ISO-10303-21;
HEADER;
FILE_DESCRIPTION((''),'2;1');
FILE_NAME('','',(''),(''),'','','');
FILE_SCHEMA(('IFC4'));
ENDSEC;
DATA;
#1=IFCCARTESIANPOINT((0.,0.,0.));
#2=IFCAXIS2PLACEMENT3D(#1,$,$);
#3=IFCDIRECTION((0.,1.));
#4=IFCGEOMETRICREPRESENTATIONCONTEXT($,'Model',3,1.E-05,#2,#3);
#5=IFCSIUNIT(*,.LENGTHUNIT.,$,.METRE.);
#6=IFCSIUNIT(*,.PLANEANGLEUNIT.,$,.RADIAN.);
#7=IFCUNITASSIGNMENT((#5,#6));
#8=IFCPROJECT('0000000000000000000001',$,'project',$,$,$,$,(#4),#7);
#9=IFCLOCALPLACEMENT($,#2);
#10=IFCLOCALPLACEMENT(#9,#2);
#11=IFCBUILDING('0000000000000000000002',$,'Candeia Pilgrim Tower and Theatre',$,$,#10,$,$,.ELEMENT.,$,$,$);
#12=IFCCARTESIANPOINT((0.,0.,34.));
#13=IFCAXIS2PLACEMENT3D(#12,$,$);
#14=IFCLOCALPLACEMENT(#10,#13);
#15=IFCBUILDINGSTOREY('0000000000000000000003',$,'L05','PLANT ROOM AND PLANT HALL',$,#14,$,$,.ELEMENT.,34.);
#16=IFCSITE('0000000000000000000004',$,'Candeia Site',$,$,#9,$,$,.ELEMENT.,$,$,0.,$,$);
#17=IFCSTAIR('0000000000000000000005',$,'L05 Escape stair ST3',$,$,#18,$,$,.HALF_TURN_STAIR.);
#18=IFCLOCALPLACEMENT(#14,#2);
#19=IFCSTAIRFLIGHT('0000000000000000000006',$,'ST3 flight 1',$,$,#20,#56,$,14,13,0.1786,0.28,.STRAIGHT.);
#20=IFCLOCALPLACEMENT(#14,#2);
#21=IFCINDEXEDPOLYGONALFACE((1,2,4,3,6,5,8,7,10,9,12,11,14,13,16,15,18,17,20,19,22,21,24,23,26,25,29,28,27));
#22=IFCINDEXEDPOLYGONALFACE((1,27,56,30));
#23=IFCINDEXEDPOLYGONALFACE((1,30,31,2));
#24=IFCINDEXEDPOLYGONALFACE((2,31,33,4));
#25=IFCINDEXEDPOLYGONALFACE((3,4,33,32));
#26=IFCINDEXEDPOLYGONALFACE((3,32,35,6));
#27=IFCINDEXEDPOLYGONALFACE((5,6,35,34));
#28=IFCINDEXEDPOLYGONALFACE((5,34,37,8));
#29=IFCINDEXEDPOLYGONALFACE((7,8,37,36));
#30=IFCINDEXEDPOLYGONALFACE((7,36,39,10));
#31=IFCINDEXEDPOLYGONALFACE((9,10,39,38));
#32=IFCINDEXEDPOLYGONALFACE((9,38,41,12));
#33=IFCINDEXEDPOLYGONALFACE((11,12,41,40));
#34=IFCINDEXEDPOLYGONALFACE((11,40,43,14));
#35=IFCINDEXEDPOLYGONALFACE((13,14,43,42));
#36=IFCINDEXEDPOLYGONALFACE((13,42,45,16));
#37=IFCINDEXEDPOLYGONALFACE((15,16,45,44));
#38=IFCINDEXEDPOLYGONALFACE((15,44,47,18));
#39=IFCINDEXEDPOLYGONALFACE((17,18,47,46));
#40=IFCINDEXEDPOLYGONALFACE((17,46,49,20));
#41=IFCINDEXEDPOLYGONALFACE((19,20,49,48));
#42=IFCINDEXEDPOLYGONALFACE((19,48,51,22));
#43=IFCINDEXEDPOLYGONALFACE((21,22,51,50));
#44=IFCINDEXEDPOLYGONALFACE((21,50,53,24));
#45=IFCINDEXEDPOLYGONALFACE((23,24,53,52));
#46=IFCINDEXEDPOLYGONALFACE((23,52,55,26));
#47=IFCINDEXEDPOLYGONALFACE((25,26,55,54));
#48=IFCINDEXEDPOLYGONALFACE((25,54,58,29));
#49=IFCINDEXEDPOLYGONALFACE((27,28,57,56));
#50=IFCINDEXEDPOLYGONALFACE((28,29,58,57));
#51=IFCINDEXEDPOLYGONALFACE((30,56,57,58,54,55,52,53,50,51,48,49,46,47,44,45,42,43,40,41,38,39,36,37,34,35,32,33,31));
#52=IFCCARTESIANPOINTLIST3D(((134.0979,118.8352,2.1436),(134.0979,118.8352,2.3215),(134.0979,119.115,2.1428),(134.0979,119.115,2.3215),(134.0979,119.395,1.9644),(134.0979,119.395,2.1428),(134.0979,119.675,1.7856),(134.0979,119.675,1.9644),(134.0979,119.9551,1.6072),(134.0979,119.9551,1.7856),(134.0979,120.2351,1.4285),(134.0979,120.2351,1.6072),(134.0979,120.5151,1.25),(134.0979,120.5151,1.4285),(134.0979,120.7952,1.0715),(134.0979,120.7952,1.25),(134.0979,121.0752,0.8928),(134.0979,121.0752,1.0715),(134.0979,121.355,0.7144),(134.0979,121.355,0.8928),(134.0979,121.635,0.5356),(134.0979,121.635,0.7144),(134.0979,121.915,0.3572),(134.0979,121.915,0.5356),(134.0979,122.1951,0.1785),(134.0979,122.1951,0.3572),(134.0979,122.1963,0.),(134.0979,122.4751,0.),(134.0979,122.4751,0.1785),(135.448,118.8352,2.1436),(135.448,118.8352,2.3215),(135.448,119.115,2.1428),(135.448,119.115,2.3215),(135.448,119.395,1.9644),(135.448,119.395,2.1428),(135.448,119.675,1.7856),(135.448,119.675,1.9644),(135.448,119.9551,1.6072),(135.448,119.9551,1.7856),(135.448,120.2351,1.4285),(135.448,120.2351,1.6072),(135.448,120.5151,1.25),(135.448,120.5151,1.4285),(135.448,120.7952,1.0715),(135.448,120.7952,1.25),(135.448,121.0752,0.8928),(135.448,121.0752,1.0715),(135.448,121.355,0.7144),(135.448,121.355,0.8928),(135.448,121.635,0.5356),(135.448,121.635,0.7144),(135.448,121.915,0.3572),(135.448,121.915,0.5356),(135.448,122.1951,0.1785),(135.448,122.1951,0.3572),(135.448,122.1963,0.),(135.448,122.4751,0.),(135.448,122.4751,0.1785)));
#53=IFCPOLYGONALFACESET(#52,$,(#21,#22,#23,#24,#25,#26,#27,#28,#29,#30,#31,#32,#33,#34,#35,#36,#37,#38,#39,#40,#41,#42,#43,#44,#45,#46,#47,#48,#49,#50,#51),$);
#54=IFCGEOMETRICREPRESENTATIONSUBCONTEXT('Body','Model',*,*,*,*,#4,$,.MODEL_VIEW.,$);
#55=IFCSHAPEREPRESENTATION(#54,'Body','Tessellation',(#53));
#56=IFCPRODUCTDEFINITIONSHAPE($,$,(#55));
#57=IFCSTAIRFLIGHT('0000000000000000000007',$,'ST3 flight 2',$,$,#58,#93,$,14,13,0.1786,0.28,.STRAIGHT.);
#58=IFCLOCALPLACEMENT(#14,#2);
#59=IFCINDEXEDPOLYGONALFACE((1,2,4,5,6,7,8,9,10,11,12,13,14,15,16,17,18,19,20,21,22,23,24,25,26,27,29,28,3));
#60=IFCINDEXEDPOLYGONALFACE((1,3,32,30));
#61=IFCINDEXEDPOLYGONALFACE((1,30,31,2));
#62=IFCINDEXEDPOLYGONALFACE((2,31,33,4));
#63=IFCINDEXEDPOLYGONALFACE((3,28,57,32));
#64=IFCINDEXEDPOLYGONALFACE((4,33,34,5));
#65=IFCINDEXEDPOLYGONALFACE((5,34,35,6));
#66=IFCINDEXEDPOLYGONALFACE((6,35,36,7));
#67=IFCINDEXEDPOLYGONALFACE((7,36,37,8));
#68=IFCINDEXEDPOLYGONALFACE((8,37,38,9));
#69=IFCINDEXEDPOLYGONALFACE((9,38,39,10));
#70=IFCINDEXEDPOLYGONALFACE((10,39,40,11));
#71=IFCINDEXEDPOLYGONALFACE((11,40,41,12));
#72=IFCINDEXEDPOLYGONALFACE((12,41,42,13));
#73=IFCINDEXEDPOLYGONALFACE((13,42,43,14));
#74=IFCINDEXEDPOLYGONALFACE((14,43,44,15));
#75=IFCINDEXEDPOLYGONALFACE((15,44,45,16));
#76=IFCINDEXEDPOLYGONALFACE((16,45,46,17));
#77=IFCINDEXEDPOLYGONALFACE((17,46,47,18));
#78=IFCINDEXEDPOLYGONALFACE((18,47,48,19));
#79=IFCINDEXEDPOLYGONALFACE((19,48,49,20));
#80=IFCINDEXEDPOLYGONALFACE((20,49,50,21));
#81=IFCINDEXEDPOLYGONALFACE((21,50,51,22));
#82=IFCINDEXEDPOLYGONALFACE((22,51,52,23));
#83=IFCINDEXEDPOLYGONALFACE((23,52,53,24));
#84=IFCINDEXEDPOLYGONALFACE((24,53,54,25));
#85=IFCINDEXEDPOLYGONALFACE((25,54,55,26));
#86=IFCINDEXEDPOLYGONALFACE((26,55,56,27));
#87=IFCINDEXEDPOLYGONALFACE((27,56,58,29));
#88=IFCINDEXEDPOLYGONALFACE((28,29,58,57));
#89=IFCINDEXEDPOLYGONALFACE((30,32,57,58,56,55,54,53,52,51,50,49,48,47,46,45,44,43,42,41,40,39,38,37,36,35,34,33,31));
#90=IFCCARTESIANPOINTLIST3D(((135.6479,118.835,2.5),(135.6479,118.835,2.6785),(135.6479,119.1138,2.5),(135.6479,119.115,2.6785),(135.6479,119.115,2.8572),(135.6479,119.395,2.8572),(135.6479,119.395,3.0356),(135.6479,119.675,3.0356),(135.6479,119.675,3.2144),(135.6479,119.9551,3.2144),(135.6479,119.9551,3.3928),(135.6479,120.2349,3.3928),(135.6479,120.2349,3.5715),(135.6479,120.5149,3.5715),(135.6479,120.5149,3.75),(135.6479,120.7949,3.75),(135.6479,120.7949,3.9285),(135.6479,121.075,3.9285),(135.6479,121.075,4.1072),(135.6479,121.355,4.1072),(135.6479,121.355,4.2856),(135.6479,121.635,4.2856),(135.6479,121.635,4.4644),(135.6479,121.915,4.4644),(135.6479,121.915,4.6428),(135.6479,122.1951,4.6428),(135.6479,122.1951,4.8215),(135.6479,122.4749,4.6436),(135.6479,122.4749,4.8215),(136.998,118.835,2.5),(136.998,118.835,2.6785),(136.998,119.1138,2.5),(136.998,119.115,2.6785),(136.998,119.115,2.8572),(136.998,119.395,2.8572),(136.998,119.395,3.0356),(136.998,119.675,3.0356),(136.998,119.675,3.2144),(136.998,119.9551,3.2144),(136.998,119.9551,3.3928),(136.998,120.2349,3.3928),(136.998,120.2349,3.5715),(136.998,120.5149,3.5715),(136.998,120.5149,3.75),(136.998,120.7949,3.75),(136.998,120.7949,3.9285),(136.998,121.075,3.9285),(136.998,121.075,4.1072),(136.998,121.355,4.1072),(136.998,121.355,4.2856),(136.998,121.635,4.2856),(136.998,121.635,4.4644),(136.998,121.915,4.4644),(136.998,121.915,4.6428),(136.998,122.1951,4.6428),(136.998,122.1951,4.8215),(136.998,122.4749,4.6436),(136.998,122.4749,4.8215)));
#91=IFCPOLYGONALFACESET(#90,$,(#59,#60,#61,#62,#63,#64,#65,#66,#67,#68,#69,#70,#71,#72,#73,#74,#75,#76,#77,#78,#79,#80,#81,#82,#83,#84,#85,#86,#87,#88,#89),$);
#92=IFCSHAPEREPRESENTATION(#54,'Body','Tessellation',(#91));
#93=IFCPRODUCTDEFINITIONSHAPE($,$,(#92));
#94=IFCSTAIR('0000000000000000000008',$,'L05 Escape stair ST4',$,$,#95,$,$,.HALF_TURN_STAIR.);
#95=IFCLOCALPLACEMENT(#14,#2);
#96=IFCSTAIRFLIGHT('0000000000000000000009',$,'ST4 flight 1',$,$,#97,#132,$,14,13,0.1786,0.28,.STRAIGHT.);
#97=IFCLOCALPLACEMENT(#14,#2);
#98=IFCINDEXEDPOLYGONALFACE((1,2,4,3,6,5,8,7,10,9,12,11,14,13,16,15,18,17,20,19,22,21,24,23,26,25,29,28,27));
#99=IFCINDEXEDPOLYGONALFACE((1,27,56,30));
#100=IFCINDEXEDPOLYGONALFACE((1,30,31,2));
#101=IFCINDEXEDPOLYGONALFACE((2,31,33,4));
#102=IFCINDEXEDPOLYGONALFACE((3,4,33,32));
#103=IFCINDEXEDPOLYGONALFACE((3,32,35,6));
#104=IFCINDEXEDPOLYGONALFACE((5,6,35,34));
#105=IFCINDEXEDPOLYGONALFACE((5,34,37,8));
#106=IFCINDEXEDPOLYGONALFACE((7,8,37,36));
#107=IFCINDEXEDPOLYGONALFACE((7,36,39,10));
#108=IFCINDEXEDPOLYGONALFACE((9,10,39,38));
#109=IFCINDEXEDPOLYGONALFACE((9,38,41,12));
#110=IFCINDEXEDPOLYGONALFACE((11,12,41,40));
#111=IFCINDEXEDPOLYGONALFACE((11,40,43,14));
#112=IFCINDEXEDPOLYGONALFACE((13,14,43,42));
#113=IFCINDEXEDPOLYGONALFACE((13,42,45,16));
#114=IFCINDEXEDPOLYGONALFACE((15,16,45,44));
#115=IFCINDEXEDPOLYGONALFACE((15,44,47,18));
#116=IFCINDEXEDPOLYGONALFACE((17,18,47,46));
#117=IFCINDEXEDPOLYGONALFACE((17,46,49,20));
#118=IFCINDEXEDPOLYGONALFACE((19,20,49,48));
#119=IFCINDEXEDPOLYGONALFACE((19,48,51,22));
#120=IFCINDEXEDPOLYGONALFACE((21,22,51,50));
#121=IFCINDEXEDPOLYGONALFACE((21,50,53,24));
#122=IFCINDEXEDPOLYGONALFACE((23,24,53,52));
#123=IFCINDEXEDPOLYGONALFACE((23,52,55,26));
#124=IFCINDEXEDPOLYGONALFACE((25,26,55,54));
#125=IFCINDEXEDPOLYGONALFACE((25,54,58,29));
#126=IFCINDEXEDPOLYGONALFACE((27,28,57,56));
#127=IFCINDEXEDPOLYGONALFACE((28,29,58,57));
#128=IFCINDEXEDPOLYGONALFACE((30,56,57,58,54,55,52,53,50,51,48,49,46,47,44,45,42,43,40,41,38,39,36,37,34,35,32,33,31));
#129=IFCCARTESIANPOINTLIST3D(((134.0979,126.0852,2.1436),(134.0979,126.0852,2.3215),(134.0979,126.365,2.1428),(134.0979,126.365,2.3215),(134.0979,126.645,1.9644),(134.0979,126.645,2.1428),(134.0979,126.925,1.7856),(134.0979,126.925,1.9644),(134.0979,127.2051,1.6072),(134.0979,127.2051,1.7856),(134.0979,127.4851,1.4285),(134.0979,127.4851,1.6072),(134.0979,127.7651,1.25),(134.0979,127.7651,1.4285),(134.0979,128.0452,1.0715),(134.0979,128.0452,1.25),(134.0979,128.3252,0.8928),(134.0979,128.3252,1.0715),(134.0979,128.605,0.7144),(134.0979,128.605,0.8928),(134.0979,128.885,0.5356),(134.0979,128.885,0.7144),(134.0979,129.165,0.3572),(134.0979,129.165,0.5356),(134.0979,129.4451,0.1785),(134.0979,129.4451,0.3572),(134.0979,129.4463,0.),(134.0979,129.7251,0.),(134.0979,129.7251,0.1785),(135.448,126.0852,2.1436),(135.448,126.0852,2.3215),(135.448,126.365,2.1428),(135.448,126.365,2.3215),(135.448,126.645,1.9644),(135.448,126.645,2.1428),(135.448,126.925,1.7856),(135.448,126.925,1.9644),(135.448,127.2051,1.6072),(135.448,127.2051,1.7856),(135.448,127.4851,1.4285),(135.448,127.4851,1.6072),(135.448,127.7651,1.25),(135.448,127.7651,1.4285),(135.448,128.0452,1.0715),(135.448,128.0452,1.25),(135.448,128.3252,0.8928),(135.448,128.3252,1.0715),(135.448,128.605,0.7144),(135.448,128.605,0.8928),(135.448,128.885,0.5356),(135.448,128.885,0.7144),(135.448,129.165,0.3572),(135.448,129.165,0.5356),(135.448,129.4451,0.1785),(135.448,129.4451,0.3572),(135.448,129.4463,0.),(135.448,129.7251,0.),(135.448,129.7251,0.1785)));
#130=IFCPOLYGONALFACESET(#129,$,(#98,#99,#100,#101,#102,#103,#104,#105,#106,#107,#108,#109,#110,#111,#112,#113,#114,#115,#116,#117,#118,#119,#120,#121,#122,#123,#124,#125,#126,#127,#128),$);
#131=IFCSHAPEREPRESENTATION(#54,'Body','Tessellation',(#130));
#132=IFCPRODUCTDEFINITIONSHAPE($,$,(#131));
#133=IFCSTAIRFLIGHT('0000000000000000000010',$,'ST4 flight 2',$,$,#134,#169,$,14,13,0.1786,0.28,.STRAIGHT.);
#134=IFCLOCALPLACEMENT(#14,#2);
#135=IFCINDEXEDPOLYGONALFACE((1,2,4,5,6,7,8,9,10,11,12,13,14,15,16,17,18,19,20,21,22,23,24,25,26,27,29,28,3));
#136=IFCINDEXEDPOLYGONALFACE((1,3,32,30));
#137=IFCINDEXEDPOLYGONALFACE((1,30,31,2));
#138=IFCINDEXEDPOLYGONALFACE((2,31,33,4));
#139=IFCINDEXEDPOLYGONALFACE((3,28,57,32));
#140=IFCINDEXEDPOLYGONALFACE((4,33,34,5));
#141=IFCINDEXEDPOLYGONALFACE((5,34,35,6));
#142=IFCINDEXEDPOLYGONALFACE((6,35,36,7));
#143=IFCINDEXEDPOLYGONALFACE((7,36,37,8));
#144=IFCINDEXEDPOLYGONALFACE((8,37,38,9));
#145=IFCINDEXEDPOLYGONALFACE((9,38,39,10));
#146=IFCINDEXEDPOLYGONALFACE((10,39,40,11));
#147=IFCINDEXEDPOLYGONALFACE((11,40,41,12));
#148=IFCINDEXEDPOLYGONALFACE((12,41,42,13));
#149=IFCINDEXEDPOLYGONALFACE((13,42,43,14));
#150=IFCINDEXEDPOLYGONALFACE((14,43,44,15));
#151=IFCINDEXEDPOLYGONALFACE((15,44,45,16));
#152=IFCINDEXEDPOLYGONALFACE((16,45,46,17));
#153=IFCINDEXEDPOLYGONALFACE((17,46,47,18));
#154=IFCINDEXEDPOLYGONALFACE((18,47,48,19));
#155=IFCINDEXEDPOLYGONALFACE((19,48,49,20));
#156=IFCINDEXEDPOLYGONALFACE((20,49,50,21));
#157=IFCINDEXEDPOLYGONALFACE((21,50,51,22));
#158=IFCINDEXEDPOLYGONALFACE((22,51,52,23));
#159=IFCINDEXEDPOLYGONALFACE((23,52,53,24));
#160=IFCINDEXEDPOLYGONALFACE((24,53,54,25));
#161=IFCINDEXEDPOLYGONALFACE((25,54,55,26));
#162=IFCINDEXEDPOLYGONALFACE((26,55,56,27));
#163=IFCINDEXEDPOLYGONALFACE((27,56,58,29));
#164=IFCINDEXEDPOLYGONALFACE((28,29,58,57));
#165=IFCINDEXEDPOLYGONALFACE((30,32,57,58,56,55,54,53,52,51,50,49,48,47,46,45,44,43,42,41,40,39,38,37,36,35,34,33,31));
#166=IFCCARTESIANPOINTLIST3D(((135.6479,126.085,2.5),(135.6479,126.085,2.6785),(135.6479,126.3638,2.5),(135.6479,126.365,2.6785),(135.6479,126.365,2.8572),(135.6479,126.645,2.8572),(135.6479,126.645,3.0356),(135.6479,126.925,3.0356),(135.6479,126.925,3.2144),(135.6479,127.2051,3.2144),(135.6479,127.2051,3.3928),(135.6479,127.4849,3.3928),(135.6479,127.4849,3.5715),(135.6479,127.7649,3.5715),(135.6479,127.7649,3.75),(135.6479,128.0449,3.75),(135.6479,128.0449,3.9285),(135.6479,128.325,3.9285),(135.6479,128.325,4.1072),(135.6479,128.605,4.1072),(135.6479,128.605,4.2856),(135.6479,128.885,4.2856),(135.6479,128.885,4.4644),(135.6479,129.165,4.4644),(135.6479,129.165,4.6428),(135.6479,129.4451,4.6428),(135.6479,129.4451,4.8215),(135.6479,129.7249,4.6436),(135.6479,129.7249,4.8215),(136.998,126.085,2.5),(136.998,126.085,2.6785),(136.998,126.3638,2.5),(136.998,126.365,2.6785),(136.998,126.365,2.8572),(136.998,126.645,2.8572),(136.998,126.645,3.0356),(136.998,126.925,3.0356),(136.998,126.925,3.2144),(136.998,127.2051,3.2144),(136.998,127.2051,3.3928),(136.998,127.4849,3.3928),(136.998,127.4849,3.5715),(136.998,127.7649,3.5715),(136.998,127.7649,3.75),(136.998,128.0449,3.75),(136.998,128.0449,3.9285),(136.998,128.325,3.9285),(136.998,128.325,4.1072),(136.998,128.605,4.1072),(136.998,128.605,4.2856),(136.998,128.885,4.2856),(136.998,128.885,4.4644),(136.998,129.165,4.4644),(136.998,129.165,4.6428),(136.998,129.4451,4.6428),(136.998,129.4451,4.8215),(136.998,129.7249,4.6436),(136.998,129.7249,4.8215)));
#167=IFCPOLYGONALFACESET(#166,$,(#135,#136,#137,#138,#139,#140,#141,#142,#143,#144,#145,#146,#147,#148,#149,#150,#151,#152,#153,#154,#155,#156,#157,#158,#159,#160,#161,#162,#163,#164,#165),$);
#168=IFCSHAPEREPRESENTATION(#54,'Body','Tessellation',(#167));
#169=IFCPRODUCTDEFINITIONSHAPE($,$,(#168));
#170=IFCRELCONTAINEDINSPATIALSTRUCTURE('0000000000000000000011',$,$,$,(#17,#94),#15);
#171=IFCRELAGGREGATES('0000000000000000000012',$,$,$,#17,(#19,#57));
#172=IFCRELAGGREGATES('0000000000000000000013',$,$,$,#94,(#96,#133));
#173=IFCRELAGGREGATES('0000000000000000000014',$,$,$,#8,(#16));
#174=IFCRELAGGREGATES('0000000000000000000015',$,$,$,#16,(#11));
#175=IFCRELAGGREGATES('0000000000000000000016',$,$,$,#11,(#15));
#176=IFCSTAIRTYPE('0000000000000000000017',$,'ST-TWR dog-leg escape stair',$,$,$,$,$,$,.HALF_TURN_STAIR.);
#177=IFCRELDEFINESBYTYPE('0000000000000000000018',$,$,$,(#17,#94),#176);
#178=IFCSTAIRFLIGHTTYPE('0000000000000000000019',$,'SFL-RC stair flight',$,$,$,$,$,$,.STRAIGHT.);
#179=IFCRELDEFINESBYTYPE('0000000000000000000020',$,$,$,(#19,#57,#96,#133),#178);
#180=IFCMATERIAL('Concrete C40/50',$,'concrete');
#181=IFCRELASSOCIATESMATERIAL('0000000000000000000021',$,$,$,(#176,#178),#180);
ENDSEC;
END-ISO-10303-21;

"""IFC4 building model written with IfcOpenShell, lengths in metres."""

from ifc_helpers import new_model, si_unit, direction, frame, origin, place, context, subcontext, project, spatial, polyline, outline, extrude, material, type_object, element, aggregate, save


model = new_model("IFC4")

# Units and contexts
model_context = context("Model", 3, precision=1e-05, world=origin(), true_north=direction((0.0, 1.0)))
body_context = subcontext(model_context, "Body", "Model", "MODEL_VIEW")
ifc_project = project(units=[si_unit("LENGTHUNIT", "METRE"), si_unit("PLANEANGLEUNIT", "RADIAN")], contexts=[model_context])

# Site, building, storey
site_placement = place(None, origin())
site = spatial("IfcSite", under=ifc_project, at=site_placement, Name="Candeia Site", CompositionType="ELEMENT", RefElevation=0.0)
building_placement = place(site_placement, origin())
building = spatial("IfcBuilding", under=site, at=building_placement, Name="Candeia Pilgrim Tower and Theatre", CompositionType="ELEMENT")
storey_placement = place(building_placement, frame((0.0, 0.0, 34.0)))
storey = spatial("IfcBuildingStorey", under=building, at=storey_placement, Name="L05", Description="PLANT ROOM AND PLANT HALL", CompositionType="ELEMENT", Elevation=34.0)

# Shared definitions
ifc_material_1 = material(Name="Concrete C40/50", Category="concrete")

# Stairs, stair flights
stair_type = type_object("IfcStairType", Name="ST-TWR dog-leg escape stair", PredefinedType="HALF_TURN_STAIR", material=ifc_material_1)
stair_1_placement = place(storey_placement, origin())
stair_1 = element("IfcStair", 1, at=stair_1_placement, inside=storey, type_object=stair_type, Name="L05 Escape stair ST3", PredefinedType="HALF_TURN_STAIR")
stair_flight_type = type_object("IfcStairFlightType", Name="SFL-RC stair flight", PredefinedType="STRAIGHT", material=ifc_material_1)
stair_flight_1_placement = place(storey_placement, frame((134.7729, 122.4751, 0.0), z_axis=(0.0, 0.0, 1.0), x_axis=(0.0, -1.0, 0.0)))
stair_flight_1 = element("IfcStairFlight", 2, at=stair_flight_1_placement, type_object=stair_flight_type, Name="ST3 flight 1", NumberOfRisers=14, NumberOfTreads=13, PredefinedType="STRAIGHT", RiserHeight=0.1786, TreadLength=0.28, context=body_context, shape_type="SweptSolid", body=[
    extrude(outline(polyline([(0.0, 0.0), (0.0, 0.1785), (0.28, 0.1785), (0.28, 0.3572), (0.5601, 0.3572), (0.5601, 0.5356), (0.8401, 0.5356), (0.8401, 0.7144), (1.1201, 0.7144), (1.1201, 0.8928), (1.3999, 0.8928), (1.3999, 1.0715), (1.6799, 1.0715), (1.6799, 1.25), (1.96, 1.25), (1.96, 1.4285), (2.24, 1.4285), (2.24, 1.6072), (2.52, 1.6072), (2.52, 1.7856), (2.8, 1.7856), (2.8, 1.9644), (3.0801, 1.9644), (3.0801, 2.1428), (3.3601, 2.1428), (3.3601, 2.3215), (3.6399, 2.3215), (3.6399, 2.5), (3.6399, 2.1436), (0.2788, 0.0), (0.0, 0.0)])), frame((0.0, 0.675, 0.0), z_axis=(0.0, -1.0, 0.0), x_axis=(1.0, 0.0, 0.0)), (0.0, 0.0, 1.0), 1.3501),
])
stair_flight_2_placement = place(storey_placement, frame((136.323, 118.835, 2.5), z_axis=(0.0, 0.0, 1.0), x_axis=(0.0, 1.0, 0.0)))
stair_flight_2 = element("IfcStairFlight", 3, at=stair_flight_2_placement, type_object=stair_flight_type, Name="ST3 flight 2", NumberOfRisers=14, NumberOfTreads=13, PredefinedType="STRAIGHT", RiserHeight=0.1786, TreadLength=0.28, context=body_context, shape_type="SweptSolid", body=[
    extrude(outline(polyline([(0.0, 0.0), (0.0, 0.1785), (0.28, 0.1785), (0.28, 0.3572), (0.5601, 0.3572), (0.5601, 0.5356), (0.8401, 0.5356), (0.8401, 0.7144), (1.1201, 0.7144), (1.1201, 0.8928), (1.3999, 0.8928), (1.3999, 1.0715), (1.6799, 1.0715), (1.6799, 1.25), (1.96, 1.25), (1.96, 1.4285), (2.24, 1.4285), (2.24, 1.6072), (2.52, 1.6072), (2.52, 1.7856), (2.8, 1.7856), (2.8, 1.9644), (3.0801, 1.9644), (3.0801, 2.1428), (3.3601, 2.1428), (3.3601, 2.3215), (3.6399, 2.3215), (3.6399, 2.5), (3.6399, 2.1436), (0.2788, 0.0), (0.0, 0.0)])), frame((0.0, 0.675, 0.0), z_axis=(0.0, -1.0, 0.0), x_axis=(1.0, 0.0, 0.0)), (0.0, 0.0, 1.0), 1.3501),
])
aggregate(stair_1, [stair_flight_1, stair_flight_2])
stair_2_placement = place(storey_placement, origin())
stair_2 = element("IfcStair", 4, at=stair_2_placement, inside=storey, type_object=stair_type, Name="L05 Escape stair ST4", PredefinedType="HALF_TURN_STAIR")
stair_flight_3_placement = place(storey_placement, frame((134.7729, 129.7251, 0.0), z_axis=(0.0, 0.0, 1.0), x_axis=(0.0, -1.0, 0.0)))
stair_flight_3 = element("IfcStairFlight", 5, at=stair_flight_3_placement, type_object=stair_flight_type, Name="ST4 flight 1", NumberOfRisers=14, NumberOfTreads=13, PredefinedType="STRAIGHT", RiserHeight=0.1786, TreadLength=0.28, context=body_context, shape_type="SweptSolid", body=[
    extrude(outline(polyline([(0.0, 0.0), (0.0, 0.1785), (0.28, 0.1785), (0.28, 0.3572), (0.5601, 0.3572), (0.5601, 0.5356), (0.8401, 0.5356), (0.8401, 0.7144), (1.1201, 0.7144), (1.1201, 0.8928), (1.3999, 0.8928), (1.3999, 1.0715), (1.6799, 1.0715), (1.6799, 1.25), (1.96, 1.25), (1.96, 1.4285), (2.24, 1.4285), (2.24, 1.6072), (2.52, 1.6072), (2.52, 1.7856), (2.8, 1.7856), (2.8, 1.9644), (3.0801, 1.9644), (3.0801, 2.1428), (3.3601, 2.1428), (3.3601, 2.3215), (3.6399, 2.3215), (3.6399, 2.5), (3.6399, 2.1436), (0.2788, 0.0), (0.0, 0.0)])), frame((0.0, 0.675, 0.0), z_axis=(0.0, -1.0, 0.0), x_axis=(1.0, 0.0, 0.0)), (0.0, 0.0, 1.0), 1.3501),
])
stair_flight_4_placement = place(storey_placement, frame((136.323, 126.085, 2.5), z_axis=(0.0, 0.0, 1.0), x_axis=(0.0, 1.0, 0.0)))
stair_flight_4 = element("IfcStairFlight", 6, at=stair_flight_4_placement, type_object=stair_flight_type, Name="ST4 flight 2", NumberOfRisers=14, NumberOfTreads=13, PredefinedType="STRAIGHT", RiserHeight=0.1786, TreadLength=0.28, context=body_context, shape_type="SweptSolid", body=[
    extrude(outline(polyline([(0.0, 0.0), (0.0, 0.1785), (0.28, 0.1785), (0.28, 0.3572), (0.5601, 0.3572), (0.5601, 0.5356), (0.8401, 0.5356), (0.8401, 0.7144), (1.1201, 0.7144), (1.1201, 0.8928), (1.3999, 0.8928), (1.3999, 1.0715), (1.6799, 1.0715), (1.6799, 1.25), (1.96, 1.25), (1.96, 1.4285), (2.24, 1.4285), (2.24, 1.6072), (2.52, 1.6072), (2.52, 1.7856), (2.8, 1.7856), (2.8, 1.9644), (3.0801, 1.9644), (3.0801, 2.1428), (3.3601, 2.1428), (3.3601, 2.3215), (3.6399, 2.3215), (3.6399, 2.5), (3.6399, 2.1436), (0.2788, 0.0), (0.0, 0.0)])), frame((0.0, 0.675, 0.0), z_axis=(0.0, -1.0, 0.0), x_axis=(1.0, 0.0, 0.0)), (0.0, 0.0, 1.0), 1.3501),
])
aggregate(stair_2, [stair_flight_3, stair_flight_4])

save(model, "model.ifc")
